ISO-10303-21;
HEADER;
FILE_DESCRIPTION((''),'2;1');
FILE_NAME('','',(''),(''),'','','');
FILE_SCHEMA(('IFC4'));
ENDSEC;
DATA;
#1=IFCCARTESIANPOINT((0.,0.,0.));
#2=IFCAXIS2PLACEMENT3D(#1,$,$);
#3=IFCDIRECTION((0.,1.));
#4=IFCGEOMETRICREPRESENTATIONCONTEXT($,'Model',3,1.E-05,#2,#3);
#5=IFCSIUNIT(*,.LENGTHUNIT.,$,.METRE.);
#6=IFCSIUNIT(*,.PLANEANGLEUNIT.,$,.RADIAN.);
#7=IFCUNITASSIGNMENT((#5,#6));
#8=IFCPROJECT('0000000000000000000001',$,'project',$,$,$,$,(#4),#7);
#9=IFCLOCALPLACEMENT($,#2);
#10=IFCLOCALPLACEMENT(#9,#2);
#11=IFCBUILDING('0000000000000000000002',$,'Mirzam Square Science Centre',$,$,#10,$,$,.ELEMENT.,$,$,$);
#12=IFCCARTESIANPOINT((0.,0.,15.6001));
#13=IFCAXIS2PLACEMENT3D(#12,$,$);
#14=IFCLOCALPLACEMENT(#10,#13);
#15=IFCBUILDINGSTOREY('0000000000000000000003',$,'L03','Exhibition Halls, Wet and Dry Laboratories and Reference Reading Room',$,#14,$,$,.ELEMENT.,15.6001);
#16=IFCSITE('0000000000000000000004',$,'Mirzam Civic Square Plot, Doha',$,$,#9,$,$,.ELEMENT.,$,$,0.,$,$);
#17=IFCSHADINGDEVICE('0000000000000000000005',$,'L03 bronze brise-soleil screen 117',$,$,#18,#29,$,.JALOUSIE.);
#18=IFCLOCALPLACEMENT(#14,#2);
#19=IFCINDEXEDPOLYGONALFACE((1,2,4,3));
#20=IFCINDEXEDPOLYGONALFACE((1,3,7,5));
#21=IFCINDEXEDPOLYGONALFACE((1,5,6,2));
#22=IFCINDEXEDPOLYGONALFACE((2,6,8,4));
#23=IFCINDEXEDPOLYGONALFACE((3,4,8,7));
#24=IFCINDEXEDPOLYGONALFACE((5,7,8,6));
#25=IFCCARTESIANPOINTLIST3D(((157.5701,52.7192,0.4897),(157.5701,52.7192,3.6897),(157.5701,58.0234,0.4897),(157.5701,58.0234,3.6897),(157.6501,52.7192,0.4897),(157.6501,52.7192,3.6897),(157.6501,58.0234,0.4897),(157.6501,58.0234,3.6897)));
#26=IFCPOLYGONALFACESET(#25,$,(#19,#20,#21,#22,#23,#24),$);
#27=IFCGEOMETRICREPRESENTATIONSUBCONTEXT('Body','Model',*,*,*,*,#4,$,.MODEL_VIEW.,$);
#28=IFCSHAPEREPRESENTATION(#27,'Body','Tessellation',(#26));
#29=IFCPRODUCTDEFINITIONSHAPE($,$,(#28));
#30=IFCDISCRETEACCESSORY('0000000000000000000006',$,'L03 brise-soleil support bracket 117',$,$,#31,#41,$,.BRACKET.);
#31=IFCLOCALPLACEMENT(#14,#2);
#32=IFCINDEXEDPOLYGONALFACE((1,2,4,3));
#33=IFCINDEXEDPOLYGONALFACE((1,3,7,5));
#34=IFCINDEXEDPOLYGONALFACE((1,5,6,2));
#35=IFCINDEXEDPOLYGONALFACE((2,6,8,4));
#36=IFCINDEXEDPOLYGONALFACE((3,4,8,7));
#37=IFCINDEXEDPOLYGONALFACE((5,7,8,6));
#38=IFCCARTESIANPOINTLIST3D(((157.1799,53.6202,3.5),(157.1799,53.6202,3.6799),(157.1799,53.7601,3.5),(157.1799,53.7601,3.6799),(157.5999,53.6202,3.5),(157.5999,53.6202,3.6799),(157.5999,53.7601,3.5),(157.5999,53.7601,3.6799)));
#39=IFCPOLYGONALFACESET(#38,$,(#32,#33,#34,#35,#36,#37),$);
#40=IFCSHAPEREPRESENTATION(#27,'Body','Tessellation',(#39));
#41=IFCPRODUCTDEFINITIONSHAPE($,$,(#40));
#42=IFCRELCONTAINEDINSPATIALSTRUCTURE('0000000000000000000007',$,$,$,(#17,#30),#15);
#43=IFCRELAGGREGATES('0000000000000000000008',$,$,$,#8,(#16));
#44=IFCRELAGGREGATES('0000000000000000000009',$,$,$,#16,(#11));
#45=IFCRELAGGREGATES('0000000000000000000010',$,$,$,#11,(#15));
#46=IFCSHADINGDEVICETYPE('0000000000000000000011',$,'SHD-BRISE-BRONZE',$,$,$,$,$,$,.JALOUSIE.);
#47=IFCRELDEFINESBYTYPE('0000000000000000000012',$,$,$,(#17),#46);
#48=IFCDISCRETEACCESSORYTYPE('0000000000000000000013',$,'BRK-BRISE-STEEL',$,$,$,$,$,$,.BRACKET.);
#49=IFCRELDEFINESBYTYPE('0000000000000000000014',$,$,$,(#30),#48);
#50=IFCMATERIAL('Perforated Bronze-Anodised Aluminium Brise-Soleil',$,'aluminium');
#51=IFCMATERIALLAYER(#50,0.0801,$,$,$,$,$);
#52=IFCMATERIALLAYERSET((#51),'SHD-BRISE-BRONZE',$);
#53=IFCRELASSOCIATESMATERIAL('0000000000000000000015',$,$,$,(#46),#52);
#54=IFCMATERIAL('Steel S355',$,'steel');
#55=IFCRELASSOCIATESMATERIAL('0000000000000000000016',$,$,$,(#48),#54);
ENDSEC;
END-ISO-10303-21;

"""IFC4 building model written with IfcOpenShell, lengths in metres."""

from ifc_helpers import new_model, si_unit, direction, frame, origin, origin_2d, place, context, subcontext, project, spatial, rectangle, extrude, material, layer, layer_set, type_object, element, save


model = new_model("IFC4")

# Units and contexts
model_context = context("Model", 3, precision=1e-05, world=origin(), true_north=direction((0.0, 1.0)))
body_context = subcontext(model_context, "Body", "Model", "MODEL_VIEW")
ifc_project = project(units=[si_unit("LENGTHUNIT", "METRE"), si_unit("PLANEANGLEUNIT", "RADIAN")], contexts=[model_context])

# Site, building, storey
site_placement = place(None, origin())
site = spatial("IfcSite", under=ifc_project, at=site_placement, Name="Mirzam Civic Square Plot, Doha", CompositionType="ELEMENT", RefElevation=0.0)
building_placement = place(site_placement, origin())
building = spatial("IfcBuilding", under=site, at=building_placement, Name="Mirzam Square Science Centre", CompositionType="ELEMENT")
storey_placement = place(building_placement, frame((0.0, 0.0, 15.6001)))
storey = spatial("IfcBuildingStorey", under=building, at=storey_placement, Name="L03", Description="Exhibition Halls, Wet and Dry Laboratories and Reference Reading Room", CompositionType="ELEMENT", Elevation=15.6001)

# Shared definitions
ifc_material_1 = material(Name="Steel S355", Category="steel")

# Shading device
ifc_material_2 = material(Name="Perforated Bronze-Anodised Aluminium Brise-Soleil", Category="aluminium")
ifc_layer_1 = layer(ifc_material_2, 0.0801)
ifc_layer_set_1 = layer_set([ifc_layer_1], Name="SHD-BRISE-BRONZE")
shading_device_type = type_object("IfcShadingDeviceType", Name="SHD-BRISE-BRONZE", PredefinedType="JALOUSIE", material=ifc_layer_set_1)
shading_device_placement = place(storey_placement, frame((157.6101, 55.3713, 0.4897), z_axis=(0.0, 0.0, 1.0), x_axis=(0.0, 1.0, 0.0)))
element("IfcShadingDevice", 1, at=shading_device_placement, inside=storey, type_object=shading_device_type, Name="L03 bronze brise-soleil screen 117", PredefinedType="JALOUSIE", context=body_context, shape_type="SweptSolid", body=[
    extrude(rectangle(XDim=5.3042, YDim=0.0801, at=origin_2d()), origin(), (0.0, 0.0, 1.0), 3.2),
])

# Discrete accessory
discrete_accessory_type = type_object("IfcDiscreteAccessoryType", Name="BRK-BRISE-STEEL", PredefinedType="BRACKET", material=ifc_material_1)
discrete_accessory_placement = place(storey_placement, frame((157.3899, 53.6902, 3.5), z_axis=(0.0, 0.0, 1.0), x_axis=(0.0, 1.0, 0.0)))
element("IfcDiscreteAccessory", 2, at=discrete_accessory_placement, inside=storey, type_object=discrete_accessory_type, Name="L03 brise-soleil support bracket 117", PredefinedType="BRACKET", context=body_context, shape_type="SweptSolid", body=[
    extrude(rectangle(XDim=0.1399, YDim=0.4199, at=origin_2d()), origin(), (0.0, 0.0, 1.0), 0.1799),
])

save(model, "model.ifc")
